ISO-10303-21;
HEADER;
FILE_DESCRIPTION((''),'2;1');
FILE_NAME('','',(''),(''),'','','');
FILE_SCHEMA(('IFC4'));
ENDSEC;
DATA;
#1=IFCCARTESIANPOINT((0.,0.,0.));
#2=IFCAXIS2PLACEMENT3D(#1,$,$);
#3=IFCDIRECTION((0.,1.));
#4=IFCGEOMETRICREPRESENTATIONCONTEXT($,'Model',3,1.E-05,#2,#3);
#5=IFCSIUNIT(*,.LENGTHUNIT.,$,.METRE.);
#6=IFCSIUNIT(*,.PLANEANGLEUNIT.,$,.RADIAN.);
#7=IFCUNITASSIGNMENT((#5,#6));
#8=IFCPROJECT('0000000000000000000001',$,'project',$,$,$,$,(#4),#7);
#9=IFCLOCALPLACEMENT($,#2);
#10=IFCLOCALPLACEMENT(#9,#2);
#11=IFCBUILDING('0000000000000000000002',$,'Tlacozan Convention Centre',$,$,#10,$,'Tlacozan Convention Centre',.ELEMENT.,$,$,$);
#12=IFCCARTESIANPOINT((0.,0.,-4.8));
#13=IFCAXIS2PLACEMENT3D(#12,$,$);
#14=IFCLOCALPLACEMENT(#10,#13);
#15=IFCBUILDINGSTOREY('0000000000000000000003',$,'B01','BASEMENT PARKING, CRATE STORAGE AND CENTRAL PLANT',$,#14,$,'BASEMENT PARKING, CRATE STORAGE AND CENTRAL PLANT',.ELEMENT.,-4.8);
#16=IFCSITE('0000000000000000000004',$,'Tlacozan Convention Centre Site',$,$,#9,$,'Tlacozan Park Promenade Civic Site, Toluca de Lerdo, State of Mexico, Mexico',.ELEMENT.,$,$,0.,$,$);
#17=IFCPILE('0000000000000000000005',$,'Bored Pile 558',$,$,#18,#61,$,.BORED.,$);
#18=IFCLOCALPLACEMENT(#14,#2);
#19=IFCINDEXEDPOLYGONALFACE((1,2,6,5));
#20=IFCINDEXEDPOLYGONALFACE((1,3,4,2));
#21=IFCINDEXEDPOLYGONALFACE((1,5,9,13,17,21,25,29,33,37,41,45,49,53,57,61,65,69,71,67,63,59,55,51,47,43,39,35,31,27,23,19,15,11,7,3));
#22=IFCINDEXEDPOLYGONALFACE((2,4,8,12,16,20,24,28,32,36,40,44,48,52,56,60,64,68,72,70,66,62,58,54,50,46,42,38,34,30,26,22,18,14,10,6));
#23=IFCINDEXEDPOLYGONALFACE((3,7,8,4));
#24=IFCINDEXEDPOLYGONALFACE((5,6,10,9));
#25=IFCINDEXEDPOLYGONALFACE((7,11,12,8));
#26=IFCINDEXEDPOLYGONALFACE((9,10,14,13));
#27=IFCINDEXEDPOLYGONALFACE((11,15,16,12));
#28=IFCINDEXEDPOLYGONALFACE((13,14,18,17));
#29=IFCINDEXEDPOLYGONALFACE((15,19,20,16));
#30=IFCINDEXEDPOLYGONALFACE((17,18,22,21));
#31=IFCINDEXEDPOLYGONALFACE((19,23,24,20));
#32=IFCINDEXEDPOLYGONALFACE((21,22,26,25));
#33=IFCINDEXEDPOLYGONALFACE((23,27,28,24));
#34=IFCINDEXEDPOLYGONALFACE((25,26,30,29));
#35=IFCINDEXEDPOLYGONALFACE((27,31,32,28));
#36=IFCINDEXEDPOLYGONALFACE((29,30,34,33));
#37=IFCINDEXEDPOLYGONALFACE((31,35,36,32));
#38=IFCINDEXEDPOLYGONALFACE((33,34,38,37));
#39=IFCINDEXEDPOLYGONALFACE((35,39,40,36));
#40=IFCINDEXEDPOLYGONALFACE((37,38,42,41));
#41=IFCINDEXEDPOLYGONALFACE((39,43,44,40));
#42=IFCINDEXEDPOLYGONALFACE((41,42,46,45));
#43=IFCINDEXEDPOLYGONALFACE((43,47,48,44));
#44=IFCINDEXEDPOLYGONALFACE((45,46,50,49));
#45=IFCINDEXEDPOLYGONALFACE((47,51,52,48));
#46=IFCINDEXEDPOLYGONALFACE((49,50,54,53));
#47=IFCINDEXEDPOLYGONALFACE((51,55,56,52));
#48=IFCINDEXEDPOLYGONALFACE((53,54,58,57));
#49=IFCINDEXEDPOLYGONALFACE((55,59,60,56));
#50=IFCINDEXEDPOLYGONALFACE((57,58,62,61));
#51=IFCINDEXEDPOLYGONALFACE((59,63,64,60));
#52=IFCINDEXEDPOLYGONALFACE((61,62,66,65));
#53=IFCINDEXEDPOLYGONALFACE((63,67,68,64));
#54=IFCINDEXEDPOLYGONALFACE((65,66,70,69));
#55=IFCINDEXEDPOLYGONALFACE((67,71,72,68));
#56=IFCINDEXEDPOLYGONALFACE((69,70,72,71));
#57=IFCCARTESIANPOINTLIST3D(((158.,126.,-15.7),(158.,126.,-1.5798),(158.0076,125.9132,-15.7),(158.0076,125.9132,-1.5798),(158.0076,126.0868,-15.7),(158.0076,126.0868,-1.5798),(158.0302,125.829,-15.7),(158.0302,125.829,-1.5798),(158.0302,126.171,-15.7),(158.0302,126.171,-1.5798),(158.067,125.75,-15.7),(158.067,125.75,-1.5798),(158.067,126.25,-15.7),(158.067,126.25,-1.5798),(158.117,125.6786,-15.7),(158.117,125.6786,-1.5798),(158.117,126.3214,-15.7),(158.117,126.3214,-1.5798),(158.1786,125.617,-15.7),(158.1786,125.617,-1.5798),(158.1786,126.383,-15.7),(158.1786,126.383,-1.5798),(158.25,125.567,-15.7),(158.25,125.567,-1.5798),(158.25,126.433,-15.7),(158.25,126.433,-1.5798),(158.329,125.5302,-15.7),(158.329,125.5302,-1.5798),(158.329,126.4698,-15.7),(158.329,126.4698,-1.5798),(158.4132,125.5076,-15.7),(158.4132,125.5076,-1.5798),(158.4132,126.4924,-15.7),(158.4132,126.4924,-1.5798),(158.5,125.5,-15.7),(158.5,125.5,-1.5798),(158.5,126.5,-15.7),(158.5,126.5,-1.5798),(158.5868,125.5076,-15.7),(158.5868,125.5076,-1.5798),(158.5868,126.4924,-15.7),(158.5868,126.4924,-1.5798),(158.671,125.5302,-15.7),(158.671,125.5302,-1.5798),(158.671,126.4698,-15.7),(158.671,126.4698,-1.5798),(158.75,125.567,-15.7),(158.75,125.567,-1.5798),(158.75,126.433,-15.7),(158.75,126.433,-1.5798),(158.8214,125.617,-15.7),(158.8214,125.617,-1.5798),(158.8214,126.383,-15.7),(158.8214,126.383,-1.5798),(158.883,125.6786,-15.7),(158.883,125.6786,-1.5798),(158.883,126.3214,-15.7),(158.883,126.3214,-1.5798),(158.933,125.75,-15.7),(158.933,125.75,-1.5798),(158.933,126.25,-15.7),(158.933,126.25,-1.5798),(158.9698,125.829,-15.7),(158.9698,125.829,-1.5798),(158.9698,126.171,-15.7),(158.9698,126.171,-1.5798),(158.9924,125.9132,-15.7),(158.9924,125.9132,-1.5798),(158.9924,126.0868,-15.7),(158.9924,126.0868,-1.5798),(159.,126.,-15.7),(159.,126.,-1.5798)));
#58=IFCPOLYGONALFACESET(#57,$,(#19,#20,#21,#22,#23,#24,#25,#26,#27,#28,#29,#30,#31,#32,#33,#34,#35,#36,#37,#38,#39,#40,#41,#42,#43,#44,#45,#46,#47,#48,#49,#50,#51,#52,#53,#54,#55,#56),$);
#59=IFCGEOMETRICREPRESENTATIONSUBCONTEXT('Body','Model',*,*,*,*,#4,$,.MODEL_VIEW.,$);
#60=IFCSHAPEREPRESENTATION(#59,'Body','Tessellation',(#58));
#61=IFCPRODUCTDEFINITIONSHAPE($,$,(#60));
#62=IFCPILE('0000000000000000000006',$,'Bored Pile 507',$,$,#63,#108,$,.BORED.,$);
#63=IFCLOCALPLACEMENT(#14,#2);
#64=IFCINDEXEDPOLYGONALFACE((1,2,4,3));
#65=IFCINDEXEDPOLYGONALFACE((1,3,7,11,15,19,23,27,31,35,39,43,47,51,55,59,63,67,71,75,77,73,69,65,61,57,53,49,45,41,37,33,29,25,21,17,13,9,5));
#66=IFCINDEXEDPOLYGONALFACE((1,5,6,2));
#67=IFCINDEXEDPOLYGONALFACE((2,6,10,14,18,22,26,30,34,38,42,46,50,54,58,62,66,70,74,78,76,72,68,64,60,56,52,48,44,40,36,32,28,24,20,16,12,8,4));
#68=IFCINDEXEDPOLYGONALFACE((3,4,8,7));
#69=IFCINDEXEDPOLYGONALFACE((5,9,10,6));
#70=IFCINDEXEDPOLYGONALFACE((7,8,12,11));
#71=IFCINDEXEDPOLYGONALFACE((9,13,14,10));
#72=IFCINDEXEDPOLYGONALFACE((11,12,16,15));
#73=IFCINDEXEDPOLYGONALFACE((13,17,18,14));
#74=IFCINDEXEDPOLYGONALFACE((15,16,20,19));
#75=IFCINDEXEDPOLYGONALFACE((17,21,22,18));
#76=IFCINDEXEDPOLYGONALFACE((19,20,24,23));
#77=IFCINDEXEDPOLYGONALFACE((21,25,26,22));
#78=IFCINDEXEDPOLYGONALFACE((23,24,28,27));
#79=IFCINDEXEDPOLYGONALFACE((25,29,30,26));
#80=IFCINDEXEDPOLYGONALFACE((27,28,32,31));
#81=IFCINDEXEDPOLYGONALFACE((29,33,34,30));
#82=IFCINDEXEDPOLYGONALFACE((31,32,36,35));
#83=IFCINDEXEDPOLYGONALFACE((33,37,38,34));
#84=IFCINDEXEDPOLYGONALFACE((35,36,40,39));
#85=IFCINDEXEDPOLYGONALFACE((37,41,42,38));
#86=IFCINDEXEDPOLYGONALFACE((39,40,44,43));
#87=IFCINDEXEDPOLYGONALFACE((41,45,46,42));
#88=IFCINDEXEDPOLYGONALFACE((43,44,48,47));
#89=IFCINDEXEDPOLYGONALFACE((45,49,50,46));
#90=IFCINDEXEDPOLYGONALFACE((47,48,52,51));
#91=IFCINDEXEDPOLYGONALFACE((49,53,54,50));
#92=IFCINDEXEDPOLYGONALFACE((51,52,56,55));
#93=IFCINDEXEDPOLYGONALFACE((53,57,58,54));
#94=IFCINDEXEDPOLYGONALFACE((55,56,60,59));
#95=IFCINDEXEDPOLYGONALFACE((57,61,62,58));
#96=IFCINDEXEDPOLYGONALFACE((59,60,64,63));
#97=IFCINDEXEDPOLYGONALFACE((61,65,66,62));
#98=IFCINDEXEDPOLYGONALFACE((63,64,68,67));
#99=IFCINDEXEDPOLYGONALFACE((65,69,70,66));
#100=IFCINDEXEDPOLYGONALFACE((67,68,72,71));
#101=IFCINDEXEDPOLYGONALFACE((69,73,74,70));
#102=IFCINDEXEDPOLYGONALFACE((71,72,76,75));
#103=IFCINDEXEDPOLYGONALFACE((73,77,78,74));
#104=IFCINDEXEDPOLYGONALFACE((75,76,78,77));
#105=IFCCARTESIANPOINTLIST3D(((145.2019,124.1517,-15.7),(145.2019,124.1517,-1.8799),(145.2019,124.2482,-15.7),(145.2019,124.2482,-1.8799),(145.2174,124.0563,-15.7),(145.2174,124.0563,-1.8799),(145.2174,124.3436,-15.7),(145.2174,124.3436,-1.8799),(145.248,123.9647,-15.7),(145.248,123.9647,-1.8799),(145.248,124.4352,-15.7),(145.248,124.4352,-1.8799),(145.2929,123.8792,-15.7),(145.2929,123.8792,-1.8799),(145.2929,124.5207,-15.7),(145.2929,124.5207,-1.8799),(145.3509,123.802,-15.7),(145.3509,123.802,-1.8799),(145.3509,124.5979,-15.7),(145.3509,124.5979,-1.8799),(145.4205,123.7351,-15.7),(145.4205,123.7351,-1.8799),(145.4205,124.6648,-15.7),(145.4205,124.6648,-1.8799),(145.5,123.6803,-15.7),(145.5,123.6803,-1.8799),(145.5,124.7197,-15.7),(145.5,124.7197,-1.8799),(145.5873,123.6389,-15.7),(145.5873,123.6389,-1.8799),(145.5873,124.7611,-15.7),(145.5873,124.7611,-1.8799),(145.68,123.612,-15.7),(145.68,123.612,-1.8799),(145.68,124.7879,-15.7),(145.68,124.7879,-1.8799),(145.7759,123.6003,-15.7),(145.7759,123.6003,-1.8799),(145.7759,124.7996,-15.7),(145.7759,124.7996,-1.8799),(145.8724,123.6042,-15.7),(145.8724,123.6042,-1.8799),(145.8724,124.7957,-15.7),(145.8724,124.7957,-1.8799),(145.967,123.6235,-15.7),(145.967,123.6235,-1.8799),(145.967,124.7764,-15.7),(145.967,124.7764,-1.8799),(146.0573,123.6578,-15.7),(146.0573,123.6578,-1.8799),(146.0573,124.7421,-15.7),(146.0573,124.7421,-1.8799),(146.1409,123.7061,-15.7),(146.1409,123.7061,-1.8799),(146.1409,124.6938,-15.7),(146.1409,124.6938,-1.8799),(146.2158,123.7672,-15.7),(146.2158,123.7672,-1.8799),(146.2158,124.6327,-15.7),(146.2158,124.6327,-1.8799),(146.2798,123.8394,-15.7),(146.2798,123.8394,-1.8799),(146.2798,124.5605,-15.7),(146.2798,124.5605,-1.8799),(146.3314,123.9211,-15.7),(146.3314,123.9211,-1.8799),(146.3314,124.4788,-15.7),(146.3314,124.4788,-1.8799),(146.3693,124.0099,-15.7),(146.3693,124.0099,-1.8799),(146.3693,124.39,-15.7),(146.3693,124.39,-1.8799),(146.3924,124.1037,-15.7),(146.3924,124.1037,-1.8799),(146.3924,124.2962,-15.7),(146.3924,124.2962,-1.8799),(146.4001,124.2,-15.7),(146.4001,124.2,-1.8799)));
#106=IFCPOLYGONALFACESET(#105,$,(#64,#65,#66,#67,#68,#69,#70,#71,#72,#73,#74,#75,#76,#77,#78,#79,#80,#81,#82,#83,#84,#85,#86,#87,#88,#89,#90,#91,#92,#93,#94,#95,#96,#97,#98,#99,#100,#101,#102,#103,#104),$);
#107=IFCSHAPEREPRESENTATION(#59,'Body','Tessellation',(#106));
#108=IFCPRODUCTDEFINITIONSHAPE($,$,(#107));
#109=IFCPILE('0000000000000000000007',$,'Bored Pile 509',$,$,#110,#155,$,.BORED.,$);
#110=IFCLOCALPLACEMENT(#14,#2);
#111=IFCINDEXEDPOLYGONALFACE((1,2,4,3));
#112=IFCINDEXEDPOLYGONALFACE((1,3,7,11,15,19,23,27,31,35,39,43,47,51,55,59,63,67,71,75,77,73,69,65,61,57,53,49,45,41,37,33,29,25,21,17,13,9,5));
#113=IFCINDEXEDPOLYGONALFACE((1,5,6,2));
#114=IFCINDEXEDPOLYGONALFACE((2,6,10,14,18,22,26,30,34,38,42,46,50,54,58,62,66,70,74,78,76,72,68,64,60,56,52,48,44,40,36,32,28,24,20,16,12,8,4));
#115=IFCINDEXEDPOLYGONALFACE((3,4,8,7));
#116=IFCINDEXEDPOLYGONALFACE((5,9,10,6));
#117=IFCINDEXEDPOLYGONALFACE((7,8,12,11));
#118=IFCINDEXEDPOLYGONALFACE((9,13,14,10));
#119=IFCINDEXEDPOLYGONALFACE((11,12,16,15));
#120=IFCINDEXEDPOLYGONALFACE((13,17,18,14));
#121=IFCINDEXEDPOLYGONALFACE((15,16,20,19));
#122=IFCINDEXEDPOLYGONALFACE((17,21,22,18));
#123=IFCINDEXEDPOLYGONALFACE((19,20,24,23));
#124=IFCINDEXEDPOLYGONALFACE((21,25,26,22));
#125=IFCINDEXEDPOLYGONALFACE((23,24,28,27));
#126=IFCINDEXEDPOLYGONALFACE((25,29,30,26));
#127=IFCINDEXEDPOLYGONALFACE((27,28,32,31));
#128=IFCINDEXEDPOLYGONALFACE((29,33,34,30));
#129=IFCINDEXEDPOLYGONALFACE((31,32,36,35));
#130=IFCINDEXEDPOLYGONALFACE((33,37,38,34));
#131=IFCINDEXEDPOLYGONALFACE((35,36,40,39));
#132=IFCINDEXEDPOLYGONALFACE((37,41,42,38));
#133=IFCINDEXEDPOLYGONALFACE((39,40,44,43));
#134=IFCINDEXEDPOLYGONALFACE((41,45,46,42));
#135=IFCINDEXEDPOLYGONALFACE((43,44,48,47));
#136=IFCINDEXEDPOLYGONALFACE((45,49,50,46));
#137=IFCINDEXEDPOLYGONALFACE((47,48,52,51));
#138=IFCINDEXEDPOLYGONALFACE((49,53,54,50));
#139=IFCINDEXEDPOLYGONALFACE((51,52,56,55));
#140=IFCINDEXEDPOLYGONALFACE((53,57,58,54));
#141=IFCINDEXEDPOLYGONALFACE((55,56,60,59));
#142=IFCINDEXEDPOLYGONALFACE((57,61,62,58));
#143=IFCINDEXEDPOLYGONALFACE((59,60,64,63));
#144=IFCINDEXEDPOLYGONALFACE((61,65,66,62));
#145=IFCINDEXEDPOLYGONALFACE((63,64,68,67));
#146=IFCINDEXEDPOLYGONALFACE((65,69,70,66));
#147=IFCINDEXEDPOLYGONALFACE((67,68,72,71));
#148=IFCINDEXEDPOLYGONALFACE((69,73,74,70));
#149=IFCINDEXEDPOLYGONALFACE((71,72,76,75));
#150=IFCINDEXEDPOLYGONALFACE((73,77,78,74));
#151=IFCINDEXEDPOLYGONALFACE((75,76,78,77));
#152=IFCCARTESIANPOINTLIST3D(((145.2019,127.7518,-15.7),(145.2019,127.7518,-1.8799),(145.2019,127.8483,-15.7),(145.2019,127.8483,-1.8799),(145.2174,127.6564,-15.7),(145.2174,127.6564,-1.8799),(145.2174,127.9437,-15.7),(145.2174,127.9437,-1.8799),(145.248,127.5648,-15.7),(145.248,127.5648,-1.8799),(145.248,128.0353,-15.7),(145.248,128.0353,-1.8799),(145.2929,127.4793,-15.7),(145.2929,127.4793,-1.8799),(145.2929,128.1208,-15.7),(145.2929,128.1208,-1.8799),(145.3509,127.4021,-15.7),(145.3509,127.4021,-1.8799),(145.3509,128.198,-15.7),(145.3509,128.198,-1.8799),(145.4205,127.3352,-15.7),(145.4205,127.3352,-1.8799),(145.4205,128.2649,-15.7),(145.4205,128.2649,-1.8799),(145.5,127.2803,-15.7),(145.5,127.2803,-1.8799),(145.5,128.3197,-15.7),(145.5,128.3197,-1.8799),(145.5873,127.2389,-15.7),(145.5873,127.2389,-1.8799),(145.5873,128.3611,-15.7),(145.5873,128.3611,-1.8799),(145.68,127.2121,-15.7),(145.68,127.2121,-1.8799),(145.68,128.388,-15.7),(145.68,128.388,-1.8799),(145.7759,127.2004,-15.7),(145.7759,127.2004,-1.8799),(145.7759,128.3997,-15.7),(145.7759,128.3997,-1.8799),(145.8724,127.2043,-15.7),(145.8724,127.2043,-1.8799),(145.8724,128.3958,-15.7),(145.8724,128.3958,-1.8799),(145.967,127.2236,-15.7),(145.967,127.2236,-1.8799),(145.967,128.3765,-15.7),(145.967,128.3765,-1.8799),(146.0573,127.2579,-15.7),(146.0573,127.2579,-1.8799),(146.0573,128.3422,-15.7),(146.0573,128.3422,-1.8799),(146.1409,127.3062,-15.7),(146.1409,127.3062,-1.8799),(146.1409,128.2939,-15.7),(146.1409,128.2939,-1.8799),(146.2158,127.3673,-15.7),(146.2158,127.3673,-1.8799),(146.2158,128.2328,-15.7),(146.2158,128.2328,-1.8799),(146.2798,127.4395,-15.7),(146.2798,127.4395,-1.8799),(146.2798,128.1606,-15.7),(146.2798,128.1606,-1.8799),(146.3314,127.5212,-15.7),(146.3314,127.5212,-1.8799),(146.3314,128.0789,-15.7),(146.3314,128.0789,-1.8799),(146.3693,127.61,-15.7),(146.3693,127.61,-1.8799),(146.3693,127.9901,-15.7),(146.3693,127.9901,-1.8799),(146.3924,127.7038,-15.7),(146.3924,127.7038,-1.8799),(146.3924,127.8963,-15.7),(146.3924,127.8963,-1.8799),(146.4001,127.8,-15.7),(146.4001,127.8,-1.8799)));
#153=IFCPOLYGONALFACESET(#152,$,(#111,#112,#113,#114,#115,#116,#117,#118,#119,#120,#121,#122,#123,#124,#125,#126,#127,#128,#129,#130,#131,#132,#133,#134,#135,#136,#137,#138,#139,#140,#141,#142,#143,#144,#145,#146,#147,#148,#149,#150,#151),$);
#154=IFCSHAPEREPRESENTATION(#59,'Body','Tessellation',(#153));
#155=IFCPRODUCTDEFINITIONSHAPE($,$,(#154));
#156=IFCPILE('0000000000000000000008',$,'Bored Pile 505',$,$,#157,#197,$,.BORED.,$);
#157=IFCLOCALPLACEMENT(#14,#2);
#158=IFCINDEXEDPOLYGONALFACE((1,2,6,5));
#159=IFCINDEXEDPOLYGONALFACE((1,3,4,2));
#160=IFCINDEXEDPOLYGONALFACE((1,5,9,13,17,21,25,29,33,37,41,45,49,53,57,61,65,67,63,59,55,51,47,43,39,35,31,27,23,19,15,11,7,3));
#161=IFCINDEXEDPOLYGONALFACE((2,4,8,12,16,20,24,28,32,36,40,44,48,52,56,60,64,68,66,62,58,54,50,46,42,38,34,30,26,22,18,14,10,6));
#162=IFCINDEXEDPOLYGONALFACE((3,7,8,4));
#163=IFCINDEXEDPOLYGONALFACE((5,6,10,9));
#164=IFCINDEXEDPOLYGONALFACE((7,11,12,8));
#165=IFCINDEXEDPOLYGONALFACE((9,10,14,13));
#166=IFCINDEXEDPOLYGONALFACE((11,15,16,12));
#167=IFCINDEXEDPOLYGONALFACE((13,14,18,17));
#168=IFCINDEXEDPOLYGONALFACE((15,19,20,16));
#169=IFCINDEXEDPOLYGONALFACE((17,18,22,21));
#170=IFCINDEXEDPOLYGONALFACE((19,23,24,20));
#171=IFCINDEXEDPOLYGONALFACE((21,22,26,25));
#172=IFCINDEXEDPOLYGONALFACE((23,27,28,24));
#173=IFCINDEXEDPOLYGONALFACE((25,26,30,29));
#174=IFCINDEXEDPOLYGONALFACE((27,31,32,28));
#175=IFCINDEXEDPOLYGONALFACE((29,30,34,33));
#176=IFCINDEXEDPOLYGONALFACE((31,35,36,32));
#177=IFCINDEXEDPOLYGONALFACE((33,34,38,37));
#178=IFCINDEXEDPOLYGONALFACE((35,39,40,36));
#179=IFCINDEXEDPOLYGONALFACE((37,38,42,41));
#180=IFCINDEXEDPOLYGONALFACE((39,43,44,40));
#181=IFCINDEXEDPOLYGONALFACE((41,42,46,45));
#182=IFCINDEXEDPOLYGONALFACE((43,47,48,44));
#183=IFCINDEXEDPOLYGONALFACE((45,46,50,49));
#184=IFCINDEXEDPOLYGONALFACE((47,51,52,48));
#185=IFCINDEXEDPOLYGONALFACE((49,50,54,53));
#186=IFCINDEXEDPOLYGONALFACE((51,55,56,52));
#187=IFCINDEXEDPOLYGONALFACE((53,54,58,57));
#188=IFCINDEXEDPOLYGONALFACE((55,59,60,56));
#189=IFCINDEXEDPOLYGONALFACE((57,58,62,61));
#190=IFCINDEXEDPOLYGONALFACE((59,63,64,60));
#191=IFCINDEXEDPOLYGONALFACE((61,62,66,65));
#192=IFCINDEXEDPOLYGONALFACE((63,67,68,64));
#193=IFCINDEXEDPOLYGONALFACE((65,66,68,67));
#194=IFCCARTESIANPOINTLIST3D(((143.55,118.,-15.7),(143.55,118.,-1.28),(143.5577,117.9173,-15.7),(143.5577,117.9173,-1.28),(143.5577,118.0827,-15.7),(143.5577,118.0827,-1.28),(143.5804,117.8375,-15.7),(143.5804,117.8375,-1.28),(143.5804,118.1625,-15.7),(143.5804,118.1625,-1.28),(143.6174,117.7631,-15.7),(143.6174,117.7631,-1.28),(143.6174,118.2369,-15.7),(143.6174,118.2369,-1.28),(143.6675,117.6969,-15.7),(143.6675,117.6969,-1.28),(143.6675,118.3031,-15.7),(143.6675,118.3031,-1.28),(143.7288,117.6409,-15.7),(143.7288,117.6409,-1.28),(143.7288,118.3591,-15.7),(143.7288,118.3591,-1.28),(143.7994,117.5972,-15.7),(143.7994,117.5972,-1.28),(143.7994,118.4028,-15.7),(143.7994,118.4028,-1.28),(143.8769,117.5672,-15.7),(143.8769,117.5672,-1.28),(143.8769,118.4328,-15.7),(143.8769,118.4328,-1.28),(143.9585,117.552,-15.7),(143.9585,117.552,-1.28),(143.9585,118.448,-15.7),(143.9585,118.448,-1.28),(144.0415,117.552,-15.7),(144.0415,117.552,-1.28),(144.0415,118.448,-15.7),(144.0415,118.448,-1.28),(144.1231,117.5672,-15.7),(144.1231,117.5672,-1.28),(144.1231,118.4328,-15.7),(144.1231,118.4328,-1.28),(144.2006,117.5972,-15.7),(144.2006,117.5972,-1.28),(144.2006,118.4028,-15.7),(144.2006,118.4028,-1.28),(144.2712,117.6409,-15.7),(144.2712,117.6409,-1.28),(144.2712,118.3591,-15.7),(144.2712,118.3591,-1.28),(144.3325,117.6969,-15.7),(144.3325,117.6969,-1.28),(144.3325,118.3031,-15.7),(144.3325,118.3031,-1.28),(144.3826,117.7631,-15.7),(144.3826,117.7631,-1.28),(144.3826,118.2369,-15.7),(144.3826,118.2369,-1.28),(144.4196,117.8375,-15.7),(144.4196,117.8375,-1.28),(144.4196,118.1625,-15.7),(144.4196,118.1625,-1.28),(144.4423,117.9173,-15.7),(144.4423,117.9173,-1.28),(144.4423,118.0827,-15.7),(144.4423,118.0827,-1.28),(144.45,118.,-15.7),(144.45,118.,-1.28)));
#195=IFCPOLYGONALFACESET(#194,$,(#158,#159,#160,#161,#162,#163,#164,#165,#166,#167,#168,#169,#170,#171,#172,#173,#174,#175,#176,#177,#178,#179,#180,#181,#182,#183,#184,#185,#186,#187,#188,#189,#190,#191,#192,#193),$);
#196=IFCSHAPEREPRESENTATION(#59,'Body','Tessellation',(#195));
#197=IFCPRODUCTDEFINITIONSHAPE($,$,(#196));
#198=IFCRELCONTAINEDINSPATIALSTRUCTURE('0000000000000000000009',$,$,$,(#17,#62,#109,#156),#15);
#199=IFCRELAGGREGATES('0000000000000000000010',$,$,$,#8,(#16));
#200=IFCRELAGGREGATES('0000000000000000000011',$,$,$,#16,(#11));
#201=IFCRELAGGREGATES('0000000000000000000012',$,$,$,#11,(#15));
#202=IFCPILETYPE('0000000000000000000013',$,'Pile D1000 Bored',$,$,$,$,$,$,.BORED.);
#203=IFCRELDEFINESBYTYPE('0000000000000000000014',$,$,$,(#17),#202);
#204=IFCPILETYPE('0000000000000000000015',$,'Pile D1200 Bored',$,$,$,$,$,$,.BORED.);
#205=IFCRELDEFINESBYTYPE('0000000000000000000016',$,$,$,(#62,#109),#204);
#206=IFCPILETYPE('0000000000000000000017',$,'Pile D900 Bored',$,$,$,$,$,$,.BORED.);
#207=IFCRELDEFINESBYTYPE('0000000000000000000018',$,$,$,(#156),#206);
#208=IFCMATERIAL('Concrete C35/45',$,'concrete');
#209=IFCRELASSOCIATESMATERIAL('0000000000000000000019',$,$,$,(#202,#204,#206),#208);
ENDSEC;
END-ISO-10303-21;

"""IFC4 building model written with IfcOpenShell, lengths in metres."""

from ifc_helpers import new_model, si_unit, direction, frame, origin, origin_2d, place, context, subcontext, project, spatial, circle, extrude, material, material_profile, profile_set, type_object, element, save


model = new_model("IFC4")

# Units and contexts
model_context = context("Model", 3, precision=1e-05, world=origin(), true_north=direction((0.0, 1.0)))
body_context = subcontext(model_context, "Body", "Model", "MODEL_VIEW")
ifc_project = project(units=[si_unit("LENGTHUNIT", "METRE"), si_unit("PLANEANGLEUNIT", "RADIAN")], contexts=[model_context])

# Site, building, storey
site_placement = place(None, origin())
site = spatial("IfcSite", under=ifc_project, at=site_placement, Name="Tlacozan Convention Centre Site", LongName="Tlacozan Park Promenade Civic Site, Toluca de Lerdo, State of Mexico, Mexico", CompositionType="ELEMENT", RefElevation=0.0)
building_placement = place(site_placement, origin())
building = spatial("IfcBuilding", under=site, at=building_placement, Name="Tlacozan Convention Centre", LongName="Tlacozan Convention Centre", CompositionType="ELEMENT")
storey_placement = place(building_placement, frame((0.0, 0.0, -4.8)))
storey = spatial("IfcBuildingStorey", under=building, at=storey_placement, Name="B01", Description="BASEMENT PARKING, CRATE STORAGE AND CENTRAL PLANT", LongName="BASEMENT PARKING, CRATE STORAGE AND CENTRAL PLANT", CompositionType="ELEMENT", Elevation=-4.8)

# Shared definitions
ifc_material_1 = material(Name="Concrete C35/45", Category="concrete")

# Piles
ifc_material_profile_1 = material_profile(ifc_material_1, circle(Radius=0.5, at=origin_2d()), Name="PILE D1000")
ifc_profile_set_1 = profile_set([ifc_material_profile_1], Name="Concrete C35/45")
pile_type_1 = type_object("IfcPileType", Name="Pile D1000 Bored", PredefinedType="BORED", material=ifc_profile_set_1)
for number, where, z_axis, x_axis, name in (
    (1, (158.5, 126.0, -1.5798), (0.0, 0.0, -1.0), (1.0, 0.0, 0.0), "Bored Pile 558"),
):
    element("IfcPile", number, at=place(storey_placement, frame(where, z_axis=z_axis, x_axis=x_axis)), inside=storey, type_object=pile_type_1, Name=name, PredefinedType="BORED", context=body_context, shape_type="SweptSolid", body=[
        extrude(circle(Radius=0.5, at=origin_2d()), origin(), (0.0, 0.0, 1.0), 14.1201),
    ])
ifc_material_profile_2 = material_profile(ifc_material_1, circle(Radius=0.6001, at=origin_2d()), Name="PILE D1200")
ifc_profile_set_2 = profile_set([ifc_material_profile_2], Name="Concrete C35/45")
pile_type_2 = type_object("IfcPileType", Name="Pile D1200 Bored", PredefinedType="BORED", material=ifc_profile_set_2)
for number, where, z_axis, x_axis, name in (
    (2, (145.8, 124.2, -1.8799), (0.0, 0.0, -1.0), (1.0, 0.0, 0.0), "Bored Pile 507"),
    (3, (145.8, 127.8, -1.8799), (0.0, 0.0, -1.0), (1.0, 0.0, 0.0), "Bored Pile 509"),
):
    element("IfcPile", number, at=place(storey_placement, frame(where, z_axis=z_axis, x_axis=x_axis)), inside=storey, type_object=pile_type_2, Name=name, PredefinedType="BORED", context=body_context, shape_type="SweptSolid", body=[
        extrude(circle(Radius=0.6001, at=origin_2d()), origin(), (0.0, 0.0, 1.0), 13.8201),
    ])
ifc_material_profile_3 = material_profile(ifc_material_1, circle(Radius=0.45, at=origin_2d()), Name="PILE D900")
ifc_profile_set_3 = profile_set([ifc_material_profile_3], Name="Concrete C35/45")
pile_type_3 = type_object("IfcPileType", Name="Pile D900 Bored", PredefinedType="BORED", material=ifc_profile_set_3)
pile_1_placement = place(storey_placement, frame((144.0, 118.0, -1.28), z_axis=(0.0, 0.0, -1.0), x_axis=(1.0, 0.0, 0.0)))
element("IfcPile", 4, at=pile_1_placement, inside=storey, type_object=pile_type_3, Name="Bored Pile 505", PredefinedType="BORED", context=body_context, shape_type="SweptSolid", body=[
    extrude(circle(Radius=0.45, at=origin_2d()), origin(), (0.0, 0.0, 1.0), 14.4199),
])

save(model, "model.ifc")
